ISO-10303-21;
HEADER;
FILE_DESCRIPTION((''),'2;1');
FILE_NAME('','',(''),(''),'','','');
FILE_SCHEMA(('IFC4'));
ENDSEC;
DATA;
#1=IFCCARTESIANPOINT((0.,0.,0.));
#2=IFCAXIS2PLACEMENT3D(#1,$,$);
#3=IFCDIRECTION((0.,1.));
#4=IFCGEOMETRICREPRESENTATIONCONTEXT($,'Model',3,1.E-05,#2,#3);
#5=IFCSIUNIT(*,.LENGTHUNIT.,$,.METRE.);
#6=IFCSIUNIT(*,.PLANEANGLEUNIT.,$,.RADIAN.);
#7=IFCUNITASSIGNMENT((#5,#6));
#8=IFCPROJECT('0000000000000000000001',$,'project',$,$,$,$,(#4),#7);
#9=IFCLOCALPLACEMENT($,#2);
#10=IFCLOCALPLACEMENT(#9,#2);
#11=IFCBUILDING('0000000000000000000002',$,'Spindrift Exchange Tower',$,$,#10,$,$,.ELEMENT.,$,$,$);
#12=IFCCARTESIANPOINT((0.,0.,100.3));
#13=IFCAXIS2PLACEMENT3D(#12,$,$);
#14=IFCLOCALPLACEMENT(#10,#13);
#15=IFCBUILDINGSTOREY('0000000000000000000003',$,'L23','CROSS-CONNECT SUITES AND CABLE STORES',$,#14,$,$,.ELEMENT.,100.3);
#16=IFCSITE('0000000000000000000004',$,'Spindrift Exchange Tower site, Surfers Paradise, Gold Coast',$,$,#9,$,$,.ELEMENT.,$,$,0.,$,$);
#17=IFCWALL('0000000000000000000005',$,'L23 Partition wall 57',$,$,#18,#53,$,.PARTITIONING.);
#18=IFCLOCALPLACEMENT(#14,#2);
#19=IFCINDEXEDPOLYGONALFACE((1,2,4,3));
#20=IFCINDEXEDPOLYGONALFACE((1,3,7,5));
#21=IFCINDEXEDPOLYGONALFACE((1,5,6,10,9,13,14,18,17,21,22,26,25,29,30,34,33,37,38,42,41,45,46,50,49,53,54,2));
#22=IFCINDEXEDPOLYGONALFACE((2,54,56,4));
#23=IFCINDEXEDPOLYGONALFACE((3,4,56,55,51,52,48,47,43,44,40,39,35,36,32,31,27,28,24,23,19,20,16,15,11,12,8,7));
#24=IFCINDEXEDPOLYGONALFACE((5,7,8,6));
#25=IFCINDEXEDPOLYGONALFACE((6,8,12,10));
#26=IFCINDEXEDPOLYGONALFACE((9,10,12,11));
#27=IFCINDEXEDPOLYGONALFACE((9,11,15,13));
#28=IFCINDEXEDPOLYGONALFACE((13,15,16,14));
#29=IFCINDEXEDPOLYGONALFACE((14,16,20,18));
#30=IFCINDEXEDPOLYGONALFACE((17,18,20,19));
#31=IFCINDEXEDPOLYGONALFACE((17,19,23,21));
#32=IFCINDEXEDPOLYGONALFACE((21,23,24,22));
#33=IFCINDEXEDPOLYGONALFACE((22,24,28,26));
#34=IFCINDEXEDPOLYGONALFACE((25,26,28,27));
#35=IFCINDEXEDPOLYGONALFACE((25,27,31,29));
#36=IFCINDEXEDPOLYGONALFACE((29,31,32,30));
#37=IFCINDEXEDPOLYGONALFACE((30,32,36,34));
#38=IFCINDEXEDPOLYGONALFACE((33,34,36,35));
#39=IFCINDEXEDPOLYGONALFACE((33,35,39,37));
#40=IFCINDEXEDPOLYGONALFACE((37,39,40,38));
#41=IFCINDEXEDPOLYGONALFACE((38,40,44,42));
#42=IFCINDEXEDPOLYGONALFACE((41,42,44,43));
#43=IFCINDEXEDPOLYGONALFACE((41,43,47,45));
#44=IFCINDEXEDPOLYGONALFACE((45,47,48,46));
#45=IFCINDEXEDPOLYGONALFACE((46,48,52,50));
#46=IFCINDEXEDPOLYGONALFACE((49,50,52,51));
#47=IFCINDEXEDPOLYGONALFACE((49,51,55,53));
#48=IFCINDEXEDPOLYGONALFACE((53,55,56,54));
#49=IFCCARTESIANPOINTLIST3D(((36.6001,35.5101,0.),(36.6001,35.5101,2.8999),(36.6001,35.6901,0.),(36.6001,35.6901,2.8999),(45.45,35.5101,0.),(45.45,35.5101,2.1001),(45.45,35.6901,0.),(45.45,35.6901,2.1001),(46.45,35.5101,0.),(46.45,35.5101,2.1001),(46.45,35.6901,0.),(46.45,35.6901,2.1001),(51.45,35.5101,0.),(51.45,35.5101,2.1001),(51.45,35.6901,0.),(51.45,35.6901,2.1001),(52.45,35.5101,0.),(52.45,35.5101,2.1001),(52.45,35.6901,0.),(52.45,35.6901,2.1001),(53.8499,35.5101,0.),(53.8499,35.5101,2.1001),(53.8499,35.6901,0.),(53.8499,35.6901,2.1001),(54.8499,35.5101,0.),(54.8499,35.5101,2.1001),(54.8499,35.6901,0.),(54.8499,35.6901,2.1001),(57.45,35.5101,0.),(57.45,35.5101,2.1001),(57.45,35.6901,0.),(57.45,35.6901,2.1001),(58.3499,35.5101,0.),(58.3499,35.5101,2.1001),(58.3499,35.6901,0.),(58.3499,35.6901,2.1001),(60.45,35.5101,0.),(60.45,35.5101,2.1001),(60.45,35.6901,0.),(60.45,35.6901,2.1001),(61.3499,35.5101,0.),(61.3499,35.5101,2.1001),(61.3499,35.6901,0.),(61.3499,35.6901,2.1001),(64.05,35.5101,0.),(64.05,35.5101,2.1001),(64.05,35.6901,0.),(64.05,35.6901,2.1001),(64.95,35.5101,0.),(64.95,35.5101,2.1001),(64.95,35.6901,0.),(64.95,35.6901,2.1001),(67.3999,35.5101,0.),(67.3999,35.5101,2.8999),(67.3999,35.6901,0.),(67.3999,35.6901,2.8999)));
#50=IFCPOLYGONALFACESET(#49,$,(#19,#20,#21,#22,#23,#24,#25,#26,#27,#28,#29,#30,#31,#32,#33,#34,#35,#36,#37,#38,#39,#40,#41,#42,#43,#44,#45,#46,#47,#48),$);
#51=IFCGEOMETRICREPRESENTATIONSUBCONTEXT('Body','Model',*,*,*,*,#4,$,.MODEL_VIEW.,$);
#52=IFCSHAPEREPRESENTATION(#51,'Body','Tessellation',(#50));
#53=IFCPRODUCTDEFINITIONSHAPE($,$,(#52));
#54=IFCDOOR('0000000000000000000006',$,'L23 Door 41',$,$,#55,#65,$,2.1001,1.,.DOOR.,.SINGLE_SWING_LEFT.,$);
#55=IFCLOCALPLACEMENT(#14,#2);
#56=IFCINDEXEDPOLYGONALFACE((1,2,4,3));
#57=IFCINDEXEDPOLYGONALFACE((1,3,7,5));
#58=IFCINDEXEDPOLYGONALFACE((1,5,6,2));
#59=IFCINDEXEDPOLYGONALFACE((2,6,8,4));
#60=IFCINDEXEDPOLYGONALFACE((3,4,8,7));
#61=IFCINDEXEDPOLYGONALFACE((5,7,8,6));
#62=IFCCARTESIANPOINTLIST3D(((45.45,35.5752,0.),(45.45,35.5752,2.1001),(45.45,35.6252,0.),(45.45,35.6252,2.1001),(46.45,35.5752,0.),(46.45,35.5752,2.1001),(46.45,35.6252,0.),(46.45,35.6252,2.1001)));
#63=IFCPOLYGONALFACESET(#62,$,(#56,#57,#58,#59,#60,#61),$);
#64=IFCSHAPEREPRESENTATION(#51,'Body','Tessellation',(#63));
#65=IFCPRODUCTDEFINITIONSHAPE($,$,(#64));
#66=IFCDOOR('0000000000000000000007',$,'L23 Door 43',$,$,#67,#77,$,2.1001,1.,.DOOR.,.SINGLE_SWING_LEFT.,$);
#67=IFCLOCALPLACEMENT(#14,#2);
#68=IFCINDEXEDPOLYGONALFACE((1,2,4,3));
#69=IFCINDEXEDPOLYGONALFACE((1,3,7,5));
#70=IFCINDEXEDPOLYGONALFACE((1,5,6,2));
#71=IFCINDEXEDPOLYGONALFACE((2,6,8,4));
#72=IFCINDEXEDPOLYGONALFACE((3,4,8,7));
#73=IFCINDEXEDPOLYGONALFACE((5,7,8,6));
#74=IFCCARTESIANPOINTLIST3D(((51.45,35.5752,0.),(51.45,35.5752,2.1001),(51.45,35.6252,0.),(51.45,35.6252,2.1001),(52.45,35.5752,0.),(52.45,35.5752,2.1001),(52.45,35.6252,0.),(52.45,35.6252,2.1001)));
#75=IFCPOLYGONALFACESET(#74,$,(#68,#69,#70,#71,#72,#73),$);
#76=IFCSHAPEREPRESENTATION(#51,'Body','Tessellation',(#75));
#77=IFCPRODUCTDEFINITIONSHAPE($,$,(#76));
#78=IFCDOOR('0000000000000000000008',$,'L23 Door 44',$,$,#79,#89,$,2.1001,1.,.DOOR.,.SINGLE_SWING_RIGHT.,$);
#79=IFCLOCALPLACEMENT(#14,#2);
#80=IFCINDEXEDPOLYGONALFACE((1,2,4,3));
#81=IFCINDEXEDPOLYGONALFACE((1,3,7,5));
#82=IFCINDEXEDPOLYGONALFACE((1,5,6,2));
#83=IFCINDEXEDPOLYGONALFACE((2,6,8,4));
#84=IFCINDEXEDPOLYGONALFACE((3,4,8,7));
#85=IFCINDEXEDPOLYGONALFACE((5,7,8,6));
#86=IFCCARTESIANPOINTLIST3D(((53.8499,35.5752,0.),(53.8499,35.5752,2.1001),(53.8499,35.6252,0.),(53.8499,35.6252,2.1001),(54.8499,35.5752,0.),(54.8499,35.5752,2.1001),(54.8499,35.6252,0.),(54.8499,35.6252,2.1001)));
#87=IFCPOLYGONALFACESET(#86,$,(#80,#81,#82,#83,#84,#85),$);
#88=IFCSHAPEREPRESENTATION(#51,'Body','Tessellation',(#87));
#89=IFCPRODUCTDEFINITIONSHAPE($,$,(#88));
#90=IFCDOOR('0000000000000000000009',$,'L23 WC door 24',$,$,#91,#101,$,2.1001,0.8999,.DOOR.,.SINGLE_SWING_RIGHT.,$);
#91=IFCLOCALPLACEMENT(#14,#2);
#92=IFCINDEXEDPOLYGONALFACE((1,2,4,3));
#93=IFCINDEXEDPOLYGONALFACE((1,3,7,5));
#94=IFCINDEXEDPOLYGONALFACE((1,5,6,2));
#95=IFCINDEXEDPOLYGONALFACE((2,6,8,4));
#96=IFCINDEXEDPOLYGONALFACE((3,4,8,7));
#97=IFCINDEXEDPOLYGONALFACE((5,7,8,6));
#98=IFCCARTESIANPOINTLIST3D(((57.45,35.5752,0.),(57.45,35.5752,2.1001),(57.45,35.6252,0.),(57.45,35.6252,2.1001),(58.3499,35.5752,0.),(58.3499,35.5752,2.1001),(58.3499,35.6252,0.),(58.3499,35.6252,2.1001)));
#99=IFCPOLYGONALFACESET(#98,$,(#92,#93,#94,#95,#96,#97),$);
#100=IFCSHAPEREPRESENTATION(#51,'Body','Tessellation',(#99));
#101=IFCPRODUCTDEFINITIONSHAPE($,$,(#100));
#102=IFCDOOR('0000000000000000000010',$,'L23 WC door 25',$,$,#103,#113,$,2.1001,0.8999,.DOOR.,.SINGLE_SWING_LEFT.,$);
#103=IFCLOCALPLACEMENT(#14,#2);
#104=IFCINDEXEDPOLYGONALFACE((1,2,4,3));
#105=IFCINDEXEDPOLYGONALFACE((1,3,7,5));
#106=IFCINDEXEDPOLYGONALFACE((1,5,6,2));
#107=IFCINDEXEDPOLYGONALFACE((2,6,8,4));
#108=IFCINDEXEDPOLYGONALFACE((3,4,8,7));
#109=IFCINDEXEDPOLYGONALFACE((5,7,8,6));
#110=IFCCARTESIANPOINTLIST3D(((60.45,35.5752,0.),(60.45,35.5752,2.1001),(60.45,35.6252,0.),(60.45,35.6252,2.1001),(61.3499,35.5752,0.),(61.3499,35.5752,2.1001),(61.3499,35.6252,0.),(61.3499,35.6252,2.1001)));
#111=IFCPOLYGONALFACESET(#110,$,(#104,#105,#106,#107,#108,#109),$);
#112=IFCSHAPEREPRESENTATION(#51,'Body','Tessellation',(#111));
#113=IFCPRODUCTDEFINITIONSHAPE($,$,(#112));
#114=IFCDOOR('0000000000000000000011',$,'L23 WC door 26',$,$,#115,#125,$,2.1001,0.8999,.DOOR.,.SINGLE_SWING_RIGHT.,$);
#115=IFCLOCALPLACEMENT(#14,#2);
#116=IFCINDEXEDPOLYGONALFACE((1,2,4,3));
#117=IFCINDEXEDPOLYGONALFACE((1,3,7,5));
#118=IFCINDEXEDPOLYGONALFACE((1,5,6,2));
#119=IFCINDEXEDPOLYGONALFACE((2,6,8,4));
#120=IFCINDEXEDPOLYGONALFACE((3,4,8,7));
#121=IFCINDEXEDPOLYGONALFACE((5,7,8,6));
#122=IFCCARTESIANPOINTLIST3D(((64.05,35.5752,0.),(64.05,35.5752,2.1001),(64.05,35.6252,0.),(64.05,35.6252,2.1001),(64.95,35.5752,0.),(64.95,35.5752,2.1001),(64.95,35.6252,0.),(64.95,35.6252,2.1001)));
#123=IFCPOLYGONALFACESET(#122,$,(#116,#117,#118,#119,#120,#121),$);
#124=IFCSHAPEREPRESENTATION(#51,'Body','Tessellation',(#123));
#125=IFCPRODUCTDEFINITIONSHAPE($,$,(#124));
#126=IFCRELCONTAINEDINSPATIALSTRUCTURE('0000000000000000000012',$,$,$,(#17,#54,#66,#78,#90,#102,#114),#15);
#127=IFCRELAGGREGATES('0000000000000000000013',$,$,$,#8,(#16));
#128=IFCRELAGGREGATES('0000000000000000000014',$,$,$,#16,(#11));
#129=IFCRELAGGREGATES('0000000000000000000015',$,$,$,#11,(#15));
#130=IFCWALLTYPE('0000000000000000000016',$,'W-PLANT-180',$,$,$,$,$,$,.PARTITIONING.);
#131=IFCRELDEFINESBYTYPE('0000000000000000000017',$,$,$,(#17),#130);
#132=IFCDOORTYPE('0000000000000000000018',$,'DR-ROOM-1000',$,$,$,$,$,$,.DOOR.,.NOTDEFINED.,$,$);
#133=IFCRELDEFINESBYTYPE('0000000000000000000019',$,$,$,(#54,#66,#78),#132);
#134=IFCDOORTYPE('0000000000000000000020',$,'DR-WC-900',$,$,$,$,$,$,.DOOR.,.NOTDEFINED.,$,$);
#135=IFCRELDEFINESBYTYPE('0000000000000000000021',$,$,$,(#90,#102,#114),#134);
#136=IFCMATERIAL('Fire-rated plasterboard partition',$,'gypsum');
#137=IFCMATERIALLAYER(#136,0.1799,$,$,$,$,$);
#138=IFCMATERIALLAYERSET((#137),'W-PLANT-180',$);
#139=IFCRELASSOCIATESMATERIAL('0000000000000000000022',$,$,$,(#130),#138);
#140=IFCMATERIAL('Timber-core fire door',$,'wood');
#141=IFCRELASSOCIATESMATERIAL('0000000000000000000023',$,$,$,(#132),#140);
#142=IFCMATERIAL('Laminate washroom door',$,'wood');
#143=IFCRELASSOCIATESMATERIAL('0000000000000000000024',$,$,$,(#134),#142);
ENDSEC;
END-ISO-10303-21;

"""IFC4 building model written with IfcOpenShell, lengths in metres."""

from ifc_helpers import new_model, si_unit, direction, frame, frame_2d, origin, place, context, subcontext, project, spatial, rectangle, extrude, source, transform, mapped, material, layer, layer_set, type_object, element, fill, save


model = new_model("IFC4")

# Units and contexts
model_context = context("Model", 3, precision=1e-05, world=origin(), true_north=direction((0.0, 1.0)))
body_context = subcontext(model_context, "Body", "Model", "MODEL_VIEW")
ifc_project = project(units=[si_unit("LENGTHUNIT", "METRE"), si_unit("PLANEANGLEUNIT", "RADIAN")], contexts=[model_context])

# Site, building, storey
site_placement = place(None, origin())
site = spatial("IfcSite", under=ifc_project, at=site_placement, Name="Spindrift Exchange Tower site, Surfers Paradise, Gold Coast", CompositionType="ELEMENT", RefElevation=0.0)
building_placement = place(site_placement, origin())
building = spatial("IfcBuilding", under=site, at=building_placement, Name="Spindrift Exchange Tower", CompositionType="ELEMENT")
storey_placement = place(building_placement, frame((0.0, 0.0, 100.3)))
storey = spatial("IfcBuildingStorey", under=building, at=storey_placement, Name="L23", Description="CROSS-CONNECT SUITES AND CABLE STORES", CompositionType="ELEMENT", Elevation=100.3)

# Shared definitions
ifc_material_1 = material(Name="Fire-rated plasterboard partition", Category="gypsum")

# Wall, openings, doors
ifc_layer_1 = layer(ifc_material_1, 0.1799)
ifc_layer_set_1 = layer_set([ifc_layer_1], Name="W-PLANT-180")
wall_type_1 = type_object("IfcWallType", Name="W-PLANT-180", PredefinedType="PARTITIONING", material=ifc_layer_set_1)
wall_1_placement = place(storey_placement, frame((67.3999, 35.6001, 0.0), z_axis=(0.0, 0.0, 1.0), x_axis=(-1.0, 0.0, 0.0)))
wall_1 = element("IfcWall", 1, at=wall_1_placement, inside=storey, type_object=wall_type_1, Name="L23 Partition wall 57", PredefinedType="PARTITIONING", context=body_context, shape_type="SweptSolid", body=[
    extrude(rectangle(XDim=30.7998, YDim=0.1799, at=frame_2d((15.3999, 0.0))), origin(), (0.0, 0.0, 1.0), 2.8999),
])
opening_1_placement = place(wall_1_placement, frame((9.05, 0.0, 0.0)))
opening_1 = element("IfcOpeningElement", 2, at=opening_1_placement, cuts=wall_1, PredefinedType="OPENING", context=body_context, shape_type="SweptSolid", body=[
    extrude(rectangle(XDim=0.8999, YDim=2.1001, at=frame_2d((0.45, 1.05))), frame((0.0, 0.0999, 0.0), z_axis=(0.0, -1.0, 0.0), x_axis=(1.0, 0.0, 0.0)), (0.0, 0.0, 1.0), 0.2),
])
opening_2_placement = place(wall_1_placement, frame((6.05, 0.0, 0.0)))
opening_2 = element("IfcOpeningElement", 3, at=opening_2_placement, cuts=wall_1, PredefinedType="OPENING", context=body_context, shape_type="SweptSolid", body=[
    extrude(rectangle(XDim=0.8999, YDim=2.1001, at=frame_2d((0.45, 1.05))), frame((0.0, 0.0999, 0.0), z_axis=(0.0, -1.0, 0.0), x_axis=(1.0, 0.0, 0.0)), (0.0, 0.0, 1.0), 0.2),
])
opening_3_placement = place(wall_1_placement, frame((2.45, 0.0, 0.0)))
opening_3 = element("IfcOpeningElement", 4, at=opening_3_placement, cuts=wall_1, PredefinedType="OPENING", context=body_context, shape_type="SweptSolid", body=[
    extrude(rectangle(XDim=0.8999, YDim=2.1001, at=frame_2d((0.45, 1.05))), frame((0.0, 0.0999, 0.0), z_axis=(0.0, -1.0, 0.0), x_axis=(1.0, 0.0, 0.0)), (0.0, 0.0, 1.0), 0.2),
])
opening_4_placement = place(wall_1_placement, frame((20.95, 0.0, 0.0)))
opening_4 = element("IfcOpeningElement", 5, at=opening_4_placement, cuts=wall_1, PredefinedType="OPENING", context=body_context, shape_type="SweptSolid", body=[
    extrude(rectangle(XDim=1.0, YDim=2.1001, at=frame_2d((0.5, 1.05))), frame((0.0, 0.0999, 0.0), z_axis=(0.0, -1.0, 0.0), x_axis=(1.0, 0.0, 0.0)), (0.0, 0.0, 1.0), 0.2),
])
opening_5_placement = place(wall_1_placement, frame((14.95, 0.0, 0.0)))
opening_5 = element("IfcOpeningElement", 6, at=opening_5_placement, cuts=wall_1, PredefinedType="OPENING", context=body_context, shape_type="SweptSolid", body=[
    extrude(rectangle(XDim=1.0, YDim=2.1001, at=frame_2d((0.5, 1.05))), frame((0.0, 0.0999, 0.0), z_axis=(0.0, -1.0, 0.0), x_axis=(1.0, 0.0, 0.0)), (0.0, 0.0, 1.0), 0.2),
])
opening_6_placement = place(wall_1_placement, frame((12.55, 0.0, 0.0)))
opening_6 = element("IfcOpeningElement", 7, at=opening_6_placement, cuts=wall_1, PredefinedType="OPENING", context=body_context, shape_type="SweptSolid", body=[
    extrude(rectangle(XDim=1.0, YDim=2.1001, at=frame_2d((0.5, 1.05))), frame((0.0, 0.0999, 0.0), z_axis=(0.0, -1.0, 0.0), x_axis=(1.0, 0.0, 0.0)), (0.0, 0.0, 1.0), 0.2),
])
ifc_material_2 = material(Name="Timber-core fire door", Category="wood")
door_type_1 = type_object("IfcDoorType", Name="DR-ROOM-1000", OperationType="NOTDEFINED", PredefinedType="DOOR", material=ifc_material_2)
shared_shape_1 = source(origin(), body_context, "Body", "SweptSolid", [
    extrude(rectangle(XDim=1.0, YDim=2.1001, at=frame_2d((0.5, 1.05))), frame((0.0, 0.0249, 0.0), z_axis=(0.0, -1.0, 0.0), x_axis=(1.0, 0.0, 0.0)), (0.0, 0.0, 1.0), 0.05),
])
door_1_placement = place(opening_4_placement, origin())
door_1 = element("IfcDoor", 8, at=door_1_placement, inside=storey, type_object=door_type_1, Name="L23 Door 41", OperationType="SINGLE_SWING_LEFT", OverallHeight=2.1001, OverallWidth=1.0, PredefinedType="DOOR", context=body_context, shape_type="MappedRepresentation", body=[
    mapped(shared_shape_1, transform((0.0, 0.0, 0.0), scale=1.0)),
])
fill(opening_4, door_1)
door_2_placement = place(opening_5_placement, origin())
door_2 = element("IfcDoor", 9, at=door_2_placement, inside=storey, type_object=door_type_1, Name="L23 Door 43", OperationType="SINGLE_SWING_LEFT", OverallHeight=2.1001, OverallWidth=1.0, PredefinedType="DOOR", context=body_context, shape_type="MappedRepresentation", body=[
    mapped(shared_shape_1, transform((0.0, 0.0, 0.0), scale=1.0)),
])
fill(opening_5, door_2)
door_3_placement = place(opening_6_placement, origin())
door_3 = element("IfcDoor", 10, at=door_3_placement, inside=storey, type_object=door_type_1, Name="L23 Door 44", OperationType="SINGLE_SWING_RIGHT", OverallHeight=2.1001, OverallWidth=1.0, PredefinedType="DOOR", context=body_context, shape_type="MappedRepresentation", body=[
    mapped(shared_shape_1, transform((0.0, 0.0, 0.0), scale=1.0)),
])
fill(opening_6, door_3)
ifc_material_3 = material(Name="Laminate washroom door", Category="wood")
door_type_2 = type_object("IfcDoorType", Name="DR-WC-900", OperationType="NOTDEFINED", PredefinedType="DOOR", material=ifc_material_3)
shared_shape_2 = source(origin(), body_context, "Body", "SweptSolid", [
    extrude(rectangle(XDim=0.8999, YDim=2.1001, at=frame_2d((0.45, 1.05))), frame((0.0, 0.0249, 0.0), z_axis=(0.0, -1.0, 0.0), x_axis=(1.0, 0.0, 0.0)), (0.0, 0.0, 1.0), 0.05),
])
door_4_placement = place(opening_1_placement, origin())
door_4 = element("IfcDoor", 11, at=door_4_placement, inside=storey, type_object=door_type_2, Name="L23 WC door 24", OperationType="SINGLE_SWING_RIGHT", OverallHeight=2.1001, OverallWidth=0.8999, PredefinedType="DOOR", context=body_context, shape_type="MappedRepresentation", body=[
    mapped(shared_shape_2, transform((0.0, 0.0, 0.0), scale=1.0)),
])
fill(opening_1, door_4)
door_5_placement = place(opening_2_placement, origin())
door_5 = element("IfcDoor", 12, at=door_5_placement, inside=storey, type_object=door_type_2, Name="L23 WC door 25", OperationType="SINGLE_SWING_LEFT", OverallHeight=2.1001, OverallWidth=0.8999, PredefinedType="DOOR", context=body_context, shape_type="MappedRepresentation", body=[
    mapped(shared_shape_2, transform((0.0, 0.0, 0.0), scale=1.0)),
])
fill(opening_2, door_5)
door_6_placement = place(opening_3_placement, origin())
door_6 = element("IfcDoor", 13, at=door_6_placement, inside=storey, type_object=door_type_2, Name="L23 WC door 26", OperationType="SINGLE_SWING_RIGHT", OverallHeight=2.1001, OverallWidth=0.8999, PredefinedType="DOOR", context=body_context, shape_type="MappedRepresentation", body=[
    mapped(shared_shape_2, transform((0.0, 0.0, 0.0), scale=1.0)),
])
fill(opening_3, door_6)

save(model, "model.ifc")
